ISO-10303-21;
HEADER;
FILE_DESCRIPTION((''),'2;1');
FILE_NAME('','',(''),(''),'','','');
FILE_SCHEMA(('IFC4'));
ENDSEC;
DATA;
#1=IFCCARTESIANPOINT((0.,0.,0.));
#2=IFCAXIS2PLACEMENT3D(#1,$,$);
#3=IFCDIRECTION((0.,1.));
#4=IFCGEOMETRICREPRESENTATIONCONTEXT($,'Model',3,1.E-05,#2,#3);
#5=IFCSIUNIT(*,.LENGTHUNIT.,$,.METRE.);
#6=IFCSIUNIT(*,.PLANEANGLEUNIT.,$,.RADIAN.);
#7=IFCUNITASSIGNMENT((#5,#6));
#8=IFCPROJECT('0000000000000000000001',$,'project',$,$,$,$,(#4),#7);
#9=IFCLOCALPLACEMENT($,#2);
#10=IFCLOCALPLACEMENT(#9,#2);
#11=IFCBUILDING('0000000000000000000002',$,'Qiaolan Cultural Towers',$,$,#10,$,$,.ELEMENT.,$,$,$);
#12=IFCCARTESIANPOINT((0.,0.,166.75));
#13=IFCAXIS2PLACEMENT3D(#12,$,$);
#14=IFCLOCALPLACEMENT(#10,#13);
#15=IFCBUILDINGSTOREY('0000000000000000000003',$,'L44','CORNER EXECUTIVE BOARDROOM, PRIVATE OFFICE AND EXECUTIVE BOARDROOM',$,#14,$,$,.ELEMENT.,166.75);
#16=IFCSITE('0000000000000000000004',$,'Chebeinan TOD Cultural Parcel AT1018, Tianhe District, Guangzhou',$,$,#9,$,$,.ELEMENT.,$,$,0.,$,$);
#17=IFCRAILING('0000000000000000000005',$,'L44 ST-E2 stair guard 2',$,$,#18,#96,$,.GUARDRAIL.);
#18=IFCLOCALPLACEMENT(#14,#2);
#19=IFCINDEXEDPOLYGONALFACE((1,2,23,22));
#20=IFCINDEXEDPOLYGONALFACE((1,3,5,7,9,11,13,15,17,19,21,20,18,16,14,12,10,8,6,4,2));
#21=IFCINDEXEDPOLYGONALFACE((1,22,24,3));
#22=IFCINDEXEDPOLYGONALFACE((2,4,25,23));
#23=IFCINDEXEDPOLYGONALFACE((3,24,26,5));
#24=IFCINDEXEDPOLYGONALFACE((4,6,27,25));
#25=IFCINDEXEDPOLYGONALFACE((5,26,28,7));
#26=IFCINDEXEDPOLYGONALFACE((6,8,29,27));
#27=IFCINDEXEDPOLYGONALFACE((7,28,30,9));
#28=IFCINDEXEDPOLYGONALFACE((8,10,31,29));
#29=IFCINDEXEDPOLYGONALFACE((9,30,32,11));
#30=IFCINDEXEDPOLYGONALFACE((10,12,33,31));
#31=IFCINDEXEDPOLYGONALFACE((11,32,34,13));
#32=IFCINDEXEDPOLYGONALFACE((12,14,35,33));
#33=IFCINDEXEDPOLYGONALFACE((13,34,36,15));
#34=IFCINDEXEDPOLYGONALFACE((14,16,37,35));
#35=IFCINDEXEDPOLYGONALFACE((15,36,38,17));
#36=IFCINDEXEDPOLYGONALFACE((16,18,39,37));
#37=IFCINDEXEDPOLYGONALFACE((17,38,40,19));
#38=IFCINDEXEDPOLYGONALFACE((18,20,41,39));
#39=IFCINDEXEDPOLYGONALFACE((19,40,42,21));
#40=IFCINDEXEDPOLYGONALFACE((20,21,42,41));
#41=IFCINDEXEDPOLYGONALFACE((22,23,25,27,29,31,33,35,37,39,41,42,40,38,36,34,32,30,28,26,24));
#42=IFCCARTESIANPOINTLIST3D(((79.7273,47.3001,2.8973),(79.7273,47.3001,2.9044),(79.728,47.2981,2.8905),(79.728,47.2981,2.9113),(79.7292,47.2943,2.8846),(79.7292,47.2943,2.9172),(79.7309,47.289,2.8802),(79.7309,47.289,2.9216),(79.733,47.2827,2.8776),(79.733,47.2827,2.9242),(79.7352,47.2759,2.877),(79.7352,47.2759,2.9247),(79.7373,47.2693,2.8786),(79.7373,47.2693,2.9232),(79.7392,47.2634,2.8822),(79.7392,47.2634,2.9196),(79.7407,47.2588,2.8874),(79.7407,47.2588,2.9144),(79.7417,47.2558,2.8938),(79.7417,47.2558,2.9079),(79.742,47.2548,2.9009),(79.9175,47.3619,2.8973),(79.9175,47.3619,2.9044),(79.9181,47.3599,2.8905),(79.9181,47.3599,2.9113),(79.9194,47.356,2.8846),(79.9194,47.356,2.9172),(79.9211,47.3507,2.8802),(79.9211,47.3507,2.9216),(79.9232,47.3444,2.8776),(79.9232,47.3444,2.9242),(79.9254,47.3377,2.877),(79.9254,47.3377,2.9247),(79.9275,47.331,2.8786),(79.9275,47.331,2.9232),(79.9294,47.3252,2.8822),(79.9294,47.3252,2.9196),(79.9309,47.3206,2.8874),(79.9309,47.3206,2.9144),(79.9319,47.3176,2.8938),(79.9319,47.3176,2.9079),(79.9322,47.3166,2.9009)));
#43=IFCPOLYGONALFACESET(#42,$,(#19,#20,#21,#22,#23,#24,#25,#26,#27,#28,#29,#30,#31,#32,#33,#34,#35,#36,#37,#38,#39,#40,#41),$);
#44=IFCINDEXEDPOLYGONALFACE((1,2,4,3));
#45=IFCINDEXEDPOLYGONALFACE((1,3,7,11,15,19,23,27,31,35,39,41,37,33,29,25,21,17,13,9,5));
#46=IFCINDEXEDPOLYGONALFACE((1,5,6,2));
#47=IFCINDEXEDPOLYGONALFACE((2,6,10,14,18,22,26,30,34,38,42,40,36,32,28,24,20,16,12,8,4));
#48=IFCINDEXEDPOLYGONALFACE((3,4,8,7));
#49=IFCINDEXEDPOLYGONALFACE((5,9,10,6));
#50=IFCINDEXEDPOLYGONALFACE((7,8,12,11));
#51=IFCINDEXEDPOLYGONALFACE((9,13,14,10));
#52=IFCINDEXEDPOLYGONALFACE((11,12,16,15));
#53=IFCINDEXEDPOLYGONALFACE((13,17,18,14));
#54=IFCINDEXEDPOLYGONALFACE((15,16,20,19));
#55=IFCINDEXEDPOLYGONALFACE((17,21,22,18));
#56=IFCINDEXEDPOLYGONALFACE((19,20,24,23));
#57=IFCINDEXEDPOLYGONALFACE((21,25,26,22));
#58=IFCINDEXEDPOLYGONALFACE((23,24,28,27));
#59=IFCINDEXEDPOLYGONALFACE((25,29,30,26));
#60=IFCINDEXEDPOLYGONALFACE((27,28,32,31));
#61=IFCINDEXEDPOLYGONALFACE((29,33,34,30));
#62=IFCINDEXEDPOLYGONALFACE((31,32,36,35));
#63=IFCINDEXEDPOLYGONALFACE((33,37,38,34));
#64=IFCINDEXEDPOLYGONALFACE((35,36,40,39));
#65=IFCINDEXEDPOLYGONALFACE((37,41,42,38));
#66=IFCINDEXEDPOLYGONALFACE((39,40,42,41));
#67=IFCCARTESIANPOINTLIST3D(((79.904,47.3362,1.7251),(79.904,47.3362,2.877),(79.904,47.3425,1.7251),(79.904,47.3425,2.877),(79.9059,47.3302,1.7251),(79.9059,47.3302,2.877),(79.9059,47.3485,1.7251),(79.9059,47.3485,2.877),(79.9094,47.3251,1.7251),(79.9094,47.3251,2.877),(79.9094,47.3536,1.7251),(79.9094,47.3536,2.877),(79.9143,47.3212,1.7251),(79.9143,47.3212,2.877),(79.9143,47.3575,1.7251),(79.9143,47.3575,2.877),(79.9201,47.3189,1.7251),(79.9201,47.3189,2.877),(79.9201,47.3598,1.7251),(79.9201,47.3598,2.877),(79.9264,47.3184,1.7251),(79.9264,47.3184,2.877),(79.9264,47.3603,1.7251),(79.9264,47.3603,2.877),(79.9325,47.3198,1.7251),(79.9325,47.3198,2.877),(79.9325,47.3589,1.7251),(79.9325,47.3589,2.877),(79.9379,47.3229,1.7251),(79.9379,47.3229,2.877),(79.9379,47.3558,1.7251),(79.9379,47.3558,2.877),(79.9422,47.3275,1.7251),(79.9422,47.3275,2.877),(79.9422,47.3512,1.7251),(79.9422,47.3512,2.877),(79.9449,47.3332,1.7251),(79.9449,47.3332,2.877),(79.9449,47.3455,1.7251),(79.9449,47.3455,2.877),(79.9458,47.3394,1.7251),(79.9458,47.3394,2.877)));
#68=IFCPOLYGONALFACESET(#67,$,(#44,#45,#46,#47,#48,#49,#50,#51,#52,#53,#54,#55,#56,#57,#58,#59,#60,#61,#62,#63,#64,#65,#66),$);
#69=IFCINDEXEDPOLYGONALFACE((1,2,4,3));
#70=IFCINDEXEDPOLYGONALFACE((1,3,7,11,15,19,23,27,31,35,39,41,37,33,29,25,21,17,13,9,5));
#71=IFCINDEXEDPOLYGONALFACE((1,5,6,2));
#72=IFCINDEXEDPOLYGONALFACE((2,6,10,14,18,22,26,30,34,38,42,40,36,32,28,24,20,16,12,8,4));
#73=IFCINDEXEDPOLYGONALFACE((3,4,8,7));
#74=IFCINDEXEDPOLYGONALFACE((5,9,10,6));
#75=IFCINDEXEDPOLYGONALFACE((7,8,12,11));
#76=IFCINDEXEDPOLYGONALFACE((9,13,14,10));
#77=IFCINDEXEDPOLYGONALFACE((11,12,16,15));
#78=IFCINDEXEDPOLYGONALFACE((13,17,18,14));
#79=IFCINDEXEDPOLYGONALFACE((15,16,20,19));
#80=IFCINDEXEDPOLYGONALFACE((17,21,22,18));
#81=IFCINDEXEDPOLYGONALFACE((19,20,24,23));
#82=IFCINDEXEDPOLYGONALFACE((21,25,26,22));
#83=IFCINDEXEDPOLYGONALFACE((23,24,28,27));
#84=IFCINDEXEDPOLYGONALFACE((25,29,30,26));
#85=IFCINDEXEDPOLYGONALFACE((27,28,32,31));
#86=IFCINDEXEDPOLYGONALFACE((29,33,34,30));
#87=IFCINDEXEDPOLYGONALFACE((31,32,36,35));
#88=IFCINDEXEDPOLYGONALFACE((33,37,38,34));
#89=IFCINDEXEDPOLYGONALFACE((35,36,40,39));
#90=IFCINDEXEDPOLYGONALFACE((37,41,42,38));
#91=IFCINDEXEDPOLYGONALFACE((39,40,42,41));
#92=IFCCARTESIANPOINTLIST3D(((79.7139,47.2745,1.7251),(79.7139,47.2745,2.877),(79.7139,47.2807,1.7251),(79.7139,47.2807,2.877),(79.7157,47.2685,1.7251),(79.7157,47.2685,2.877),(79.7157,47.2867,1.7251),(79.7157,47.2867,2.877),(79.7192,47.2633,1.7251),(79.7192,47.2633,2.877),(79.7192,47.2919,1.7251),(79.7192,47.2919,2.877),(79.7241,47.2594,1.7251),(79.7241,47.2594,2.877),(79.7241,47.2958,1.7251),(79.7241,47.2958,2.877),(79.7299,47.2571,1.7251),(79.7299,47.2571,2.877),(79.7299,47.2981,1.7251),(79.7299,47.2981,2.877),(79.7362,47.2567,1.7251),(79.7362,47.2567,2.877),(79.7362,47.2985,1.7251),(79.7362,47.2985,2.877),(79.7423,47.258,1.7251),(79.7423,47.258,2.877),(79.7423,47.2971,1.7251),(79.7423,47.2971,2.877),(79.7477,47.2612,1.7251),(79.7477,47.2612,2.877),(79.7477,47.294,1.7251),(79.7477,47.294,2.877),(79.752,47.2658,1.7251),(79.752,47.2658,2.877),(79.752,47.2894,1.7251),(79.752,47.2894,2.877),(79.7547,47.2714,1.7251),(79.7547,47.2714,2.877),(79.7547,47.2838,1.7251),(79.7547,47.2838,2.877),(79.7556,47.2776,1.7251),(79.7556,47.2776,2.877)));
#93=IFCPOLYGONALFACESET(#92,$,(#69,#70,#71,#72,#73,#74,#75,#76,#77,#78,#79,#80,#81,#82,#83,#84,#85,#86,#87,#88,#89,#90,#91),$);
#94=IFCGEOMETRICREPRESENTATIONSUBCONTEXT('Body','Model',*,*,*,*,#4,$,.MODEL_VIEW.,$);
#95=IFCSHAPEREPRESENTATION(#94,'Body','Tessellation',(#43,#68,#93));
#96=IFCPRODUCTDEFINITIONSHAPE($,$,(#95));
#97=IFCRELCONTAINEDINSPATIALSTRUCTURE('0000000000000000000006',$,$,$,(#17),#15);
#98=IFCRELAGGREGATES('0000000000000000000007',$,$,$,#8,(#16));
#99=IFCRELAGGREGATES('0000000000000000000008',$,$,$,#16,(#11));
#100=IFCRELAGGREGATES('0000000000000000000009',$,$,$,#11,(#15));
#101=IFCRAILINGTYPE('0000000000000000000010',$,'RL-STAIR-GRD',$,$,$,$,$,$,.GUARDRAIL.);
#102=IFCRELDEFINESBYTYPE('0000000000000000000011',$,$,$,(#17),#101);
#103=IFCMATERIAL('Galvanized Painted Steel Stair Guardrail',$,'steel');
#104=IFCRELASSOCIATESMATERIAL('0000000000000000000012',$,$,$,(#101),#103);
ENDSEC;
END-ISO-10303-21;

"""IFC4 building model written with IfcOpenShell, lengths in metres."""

from ifc_helpers import new_model, si_unit, direction, frame, origin, origin_2d, place, context, subcontext, project, spatial, circle, extrude, material, type_object, element, save


model = new_model("IFC4")

# Units and contexts
model_context = context("Model", 3, precision=1e-05, world=origin(), true_north=direction((0.0, 1.0)))
body_context = subcontext(model_context, "Body", "Model", "MODEL_VIEW")
ifc_project = project(units=[si_unit("LENGTHUNIT", "METRE"), si_unit("PLANEANGLEUNIT", "RADIAN")], contexts=[model_context])

# Site, building, storey
site_placement = place(None, origin())
site = spatial("IfcSite", under=ifc_project, at=site_placement, Name="Chebeinan TOD Cultural Parcel AT1018, Tianhe District, Guangzhou", CompositionType="ELEMENT", RefElevation=0.0)
building_placement = place(site_placement, origin())
building = spatial("IfcBuilding", under=site, at=building_placement, Name="Qiaolan Cultural Towers", CompositionType="ELEMENT")
storey_placement = place(building_placement, frame((0.0, 0.0, 166.75)))
storey = spatial("IfcBuildingStorey", under=building, at=storey_placement, Name="L44", Description="CORNER EXECUTIVE BOARDROOM, PRIVATE OFFICE AND EXECUTIVE BOARDROOM", CompositionType="ELEMENT", Elevation=166.75)

# Railing
ifc_material_1 = material(Name="Galvanized Painted Steel Stair Guardrail", Category="steel")
railing_type_1 = type_object("IfcRailingType", Name="RL-STAIR-GRD", PredefinedType="GUARDRAIL", material=ifc_material_1)
railing_1_placement = place(storey_placement, frame((79.9248, 47.3394, 1.7251)))
element("IfcRailing", 1, at=railing_1_placement, inside=storey, type_object=railing_type_1, Name="L44 ST-E2 stair guard 2", PredefinedType="GUARDRAIL", context=body_context, shape_type="SweptSolid", body=[
    extrude(circle(Radius=0.0239, at=origin_2d()), frame((0.0, 0.0, 1.1758), z_axis=(-0.951097, -0.308893, 0.0), x_axis=(0.308893, -0.951097, 0.0)), (0.0, 0.0, 1.0), 0.2),
    extrude(circle(Radius=0.021, at=origin_2d()), origin(), (0.0, 0.0, 1.0), 1.1519),
    extrude(circle(Radius=0.021, at=origin_2d()), frame((-0.1902, -0.0618, 0.0)), (0.0, 0.0, 1.0), 1.1519),
])

save(model, "model.ifc")
